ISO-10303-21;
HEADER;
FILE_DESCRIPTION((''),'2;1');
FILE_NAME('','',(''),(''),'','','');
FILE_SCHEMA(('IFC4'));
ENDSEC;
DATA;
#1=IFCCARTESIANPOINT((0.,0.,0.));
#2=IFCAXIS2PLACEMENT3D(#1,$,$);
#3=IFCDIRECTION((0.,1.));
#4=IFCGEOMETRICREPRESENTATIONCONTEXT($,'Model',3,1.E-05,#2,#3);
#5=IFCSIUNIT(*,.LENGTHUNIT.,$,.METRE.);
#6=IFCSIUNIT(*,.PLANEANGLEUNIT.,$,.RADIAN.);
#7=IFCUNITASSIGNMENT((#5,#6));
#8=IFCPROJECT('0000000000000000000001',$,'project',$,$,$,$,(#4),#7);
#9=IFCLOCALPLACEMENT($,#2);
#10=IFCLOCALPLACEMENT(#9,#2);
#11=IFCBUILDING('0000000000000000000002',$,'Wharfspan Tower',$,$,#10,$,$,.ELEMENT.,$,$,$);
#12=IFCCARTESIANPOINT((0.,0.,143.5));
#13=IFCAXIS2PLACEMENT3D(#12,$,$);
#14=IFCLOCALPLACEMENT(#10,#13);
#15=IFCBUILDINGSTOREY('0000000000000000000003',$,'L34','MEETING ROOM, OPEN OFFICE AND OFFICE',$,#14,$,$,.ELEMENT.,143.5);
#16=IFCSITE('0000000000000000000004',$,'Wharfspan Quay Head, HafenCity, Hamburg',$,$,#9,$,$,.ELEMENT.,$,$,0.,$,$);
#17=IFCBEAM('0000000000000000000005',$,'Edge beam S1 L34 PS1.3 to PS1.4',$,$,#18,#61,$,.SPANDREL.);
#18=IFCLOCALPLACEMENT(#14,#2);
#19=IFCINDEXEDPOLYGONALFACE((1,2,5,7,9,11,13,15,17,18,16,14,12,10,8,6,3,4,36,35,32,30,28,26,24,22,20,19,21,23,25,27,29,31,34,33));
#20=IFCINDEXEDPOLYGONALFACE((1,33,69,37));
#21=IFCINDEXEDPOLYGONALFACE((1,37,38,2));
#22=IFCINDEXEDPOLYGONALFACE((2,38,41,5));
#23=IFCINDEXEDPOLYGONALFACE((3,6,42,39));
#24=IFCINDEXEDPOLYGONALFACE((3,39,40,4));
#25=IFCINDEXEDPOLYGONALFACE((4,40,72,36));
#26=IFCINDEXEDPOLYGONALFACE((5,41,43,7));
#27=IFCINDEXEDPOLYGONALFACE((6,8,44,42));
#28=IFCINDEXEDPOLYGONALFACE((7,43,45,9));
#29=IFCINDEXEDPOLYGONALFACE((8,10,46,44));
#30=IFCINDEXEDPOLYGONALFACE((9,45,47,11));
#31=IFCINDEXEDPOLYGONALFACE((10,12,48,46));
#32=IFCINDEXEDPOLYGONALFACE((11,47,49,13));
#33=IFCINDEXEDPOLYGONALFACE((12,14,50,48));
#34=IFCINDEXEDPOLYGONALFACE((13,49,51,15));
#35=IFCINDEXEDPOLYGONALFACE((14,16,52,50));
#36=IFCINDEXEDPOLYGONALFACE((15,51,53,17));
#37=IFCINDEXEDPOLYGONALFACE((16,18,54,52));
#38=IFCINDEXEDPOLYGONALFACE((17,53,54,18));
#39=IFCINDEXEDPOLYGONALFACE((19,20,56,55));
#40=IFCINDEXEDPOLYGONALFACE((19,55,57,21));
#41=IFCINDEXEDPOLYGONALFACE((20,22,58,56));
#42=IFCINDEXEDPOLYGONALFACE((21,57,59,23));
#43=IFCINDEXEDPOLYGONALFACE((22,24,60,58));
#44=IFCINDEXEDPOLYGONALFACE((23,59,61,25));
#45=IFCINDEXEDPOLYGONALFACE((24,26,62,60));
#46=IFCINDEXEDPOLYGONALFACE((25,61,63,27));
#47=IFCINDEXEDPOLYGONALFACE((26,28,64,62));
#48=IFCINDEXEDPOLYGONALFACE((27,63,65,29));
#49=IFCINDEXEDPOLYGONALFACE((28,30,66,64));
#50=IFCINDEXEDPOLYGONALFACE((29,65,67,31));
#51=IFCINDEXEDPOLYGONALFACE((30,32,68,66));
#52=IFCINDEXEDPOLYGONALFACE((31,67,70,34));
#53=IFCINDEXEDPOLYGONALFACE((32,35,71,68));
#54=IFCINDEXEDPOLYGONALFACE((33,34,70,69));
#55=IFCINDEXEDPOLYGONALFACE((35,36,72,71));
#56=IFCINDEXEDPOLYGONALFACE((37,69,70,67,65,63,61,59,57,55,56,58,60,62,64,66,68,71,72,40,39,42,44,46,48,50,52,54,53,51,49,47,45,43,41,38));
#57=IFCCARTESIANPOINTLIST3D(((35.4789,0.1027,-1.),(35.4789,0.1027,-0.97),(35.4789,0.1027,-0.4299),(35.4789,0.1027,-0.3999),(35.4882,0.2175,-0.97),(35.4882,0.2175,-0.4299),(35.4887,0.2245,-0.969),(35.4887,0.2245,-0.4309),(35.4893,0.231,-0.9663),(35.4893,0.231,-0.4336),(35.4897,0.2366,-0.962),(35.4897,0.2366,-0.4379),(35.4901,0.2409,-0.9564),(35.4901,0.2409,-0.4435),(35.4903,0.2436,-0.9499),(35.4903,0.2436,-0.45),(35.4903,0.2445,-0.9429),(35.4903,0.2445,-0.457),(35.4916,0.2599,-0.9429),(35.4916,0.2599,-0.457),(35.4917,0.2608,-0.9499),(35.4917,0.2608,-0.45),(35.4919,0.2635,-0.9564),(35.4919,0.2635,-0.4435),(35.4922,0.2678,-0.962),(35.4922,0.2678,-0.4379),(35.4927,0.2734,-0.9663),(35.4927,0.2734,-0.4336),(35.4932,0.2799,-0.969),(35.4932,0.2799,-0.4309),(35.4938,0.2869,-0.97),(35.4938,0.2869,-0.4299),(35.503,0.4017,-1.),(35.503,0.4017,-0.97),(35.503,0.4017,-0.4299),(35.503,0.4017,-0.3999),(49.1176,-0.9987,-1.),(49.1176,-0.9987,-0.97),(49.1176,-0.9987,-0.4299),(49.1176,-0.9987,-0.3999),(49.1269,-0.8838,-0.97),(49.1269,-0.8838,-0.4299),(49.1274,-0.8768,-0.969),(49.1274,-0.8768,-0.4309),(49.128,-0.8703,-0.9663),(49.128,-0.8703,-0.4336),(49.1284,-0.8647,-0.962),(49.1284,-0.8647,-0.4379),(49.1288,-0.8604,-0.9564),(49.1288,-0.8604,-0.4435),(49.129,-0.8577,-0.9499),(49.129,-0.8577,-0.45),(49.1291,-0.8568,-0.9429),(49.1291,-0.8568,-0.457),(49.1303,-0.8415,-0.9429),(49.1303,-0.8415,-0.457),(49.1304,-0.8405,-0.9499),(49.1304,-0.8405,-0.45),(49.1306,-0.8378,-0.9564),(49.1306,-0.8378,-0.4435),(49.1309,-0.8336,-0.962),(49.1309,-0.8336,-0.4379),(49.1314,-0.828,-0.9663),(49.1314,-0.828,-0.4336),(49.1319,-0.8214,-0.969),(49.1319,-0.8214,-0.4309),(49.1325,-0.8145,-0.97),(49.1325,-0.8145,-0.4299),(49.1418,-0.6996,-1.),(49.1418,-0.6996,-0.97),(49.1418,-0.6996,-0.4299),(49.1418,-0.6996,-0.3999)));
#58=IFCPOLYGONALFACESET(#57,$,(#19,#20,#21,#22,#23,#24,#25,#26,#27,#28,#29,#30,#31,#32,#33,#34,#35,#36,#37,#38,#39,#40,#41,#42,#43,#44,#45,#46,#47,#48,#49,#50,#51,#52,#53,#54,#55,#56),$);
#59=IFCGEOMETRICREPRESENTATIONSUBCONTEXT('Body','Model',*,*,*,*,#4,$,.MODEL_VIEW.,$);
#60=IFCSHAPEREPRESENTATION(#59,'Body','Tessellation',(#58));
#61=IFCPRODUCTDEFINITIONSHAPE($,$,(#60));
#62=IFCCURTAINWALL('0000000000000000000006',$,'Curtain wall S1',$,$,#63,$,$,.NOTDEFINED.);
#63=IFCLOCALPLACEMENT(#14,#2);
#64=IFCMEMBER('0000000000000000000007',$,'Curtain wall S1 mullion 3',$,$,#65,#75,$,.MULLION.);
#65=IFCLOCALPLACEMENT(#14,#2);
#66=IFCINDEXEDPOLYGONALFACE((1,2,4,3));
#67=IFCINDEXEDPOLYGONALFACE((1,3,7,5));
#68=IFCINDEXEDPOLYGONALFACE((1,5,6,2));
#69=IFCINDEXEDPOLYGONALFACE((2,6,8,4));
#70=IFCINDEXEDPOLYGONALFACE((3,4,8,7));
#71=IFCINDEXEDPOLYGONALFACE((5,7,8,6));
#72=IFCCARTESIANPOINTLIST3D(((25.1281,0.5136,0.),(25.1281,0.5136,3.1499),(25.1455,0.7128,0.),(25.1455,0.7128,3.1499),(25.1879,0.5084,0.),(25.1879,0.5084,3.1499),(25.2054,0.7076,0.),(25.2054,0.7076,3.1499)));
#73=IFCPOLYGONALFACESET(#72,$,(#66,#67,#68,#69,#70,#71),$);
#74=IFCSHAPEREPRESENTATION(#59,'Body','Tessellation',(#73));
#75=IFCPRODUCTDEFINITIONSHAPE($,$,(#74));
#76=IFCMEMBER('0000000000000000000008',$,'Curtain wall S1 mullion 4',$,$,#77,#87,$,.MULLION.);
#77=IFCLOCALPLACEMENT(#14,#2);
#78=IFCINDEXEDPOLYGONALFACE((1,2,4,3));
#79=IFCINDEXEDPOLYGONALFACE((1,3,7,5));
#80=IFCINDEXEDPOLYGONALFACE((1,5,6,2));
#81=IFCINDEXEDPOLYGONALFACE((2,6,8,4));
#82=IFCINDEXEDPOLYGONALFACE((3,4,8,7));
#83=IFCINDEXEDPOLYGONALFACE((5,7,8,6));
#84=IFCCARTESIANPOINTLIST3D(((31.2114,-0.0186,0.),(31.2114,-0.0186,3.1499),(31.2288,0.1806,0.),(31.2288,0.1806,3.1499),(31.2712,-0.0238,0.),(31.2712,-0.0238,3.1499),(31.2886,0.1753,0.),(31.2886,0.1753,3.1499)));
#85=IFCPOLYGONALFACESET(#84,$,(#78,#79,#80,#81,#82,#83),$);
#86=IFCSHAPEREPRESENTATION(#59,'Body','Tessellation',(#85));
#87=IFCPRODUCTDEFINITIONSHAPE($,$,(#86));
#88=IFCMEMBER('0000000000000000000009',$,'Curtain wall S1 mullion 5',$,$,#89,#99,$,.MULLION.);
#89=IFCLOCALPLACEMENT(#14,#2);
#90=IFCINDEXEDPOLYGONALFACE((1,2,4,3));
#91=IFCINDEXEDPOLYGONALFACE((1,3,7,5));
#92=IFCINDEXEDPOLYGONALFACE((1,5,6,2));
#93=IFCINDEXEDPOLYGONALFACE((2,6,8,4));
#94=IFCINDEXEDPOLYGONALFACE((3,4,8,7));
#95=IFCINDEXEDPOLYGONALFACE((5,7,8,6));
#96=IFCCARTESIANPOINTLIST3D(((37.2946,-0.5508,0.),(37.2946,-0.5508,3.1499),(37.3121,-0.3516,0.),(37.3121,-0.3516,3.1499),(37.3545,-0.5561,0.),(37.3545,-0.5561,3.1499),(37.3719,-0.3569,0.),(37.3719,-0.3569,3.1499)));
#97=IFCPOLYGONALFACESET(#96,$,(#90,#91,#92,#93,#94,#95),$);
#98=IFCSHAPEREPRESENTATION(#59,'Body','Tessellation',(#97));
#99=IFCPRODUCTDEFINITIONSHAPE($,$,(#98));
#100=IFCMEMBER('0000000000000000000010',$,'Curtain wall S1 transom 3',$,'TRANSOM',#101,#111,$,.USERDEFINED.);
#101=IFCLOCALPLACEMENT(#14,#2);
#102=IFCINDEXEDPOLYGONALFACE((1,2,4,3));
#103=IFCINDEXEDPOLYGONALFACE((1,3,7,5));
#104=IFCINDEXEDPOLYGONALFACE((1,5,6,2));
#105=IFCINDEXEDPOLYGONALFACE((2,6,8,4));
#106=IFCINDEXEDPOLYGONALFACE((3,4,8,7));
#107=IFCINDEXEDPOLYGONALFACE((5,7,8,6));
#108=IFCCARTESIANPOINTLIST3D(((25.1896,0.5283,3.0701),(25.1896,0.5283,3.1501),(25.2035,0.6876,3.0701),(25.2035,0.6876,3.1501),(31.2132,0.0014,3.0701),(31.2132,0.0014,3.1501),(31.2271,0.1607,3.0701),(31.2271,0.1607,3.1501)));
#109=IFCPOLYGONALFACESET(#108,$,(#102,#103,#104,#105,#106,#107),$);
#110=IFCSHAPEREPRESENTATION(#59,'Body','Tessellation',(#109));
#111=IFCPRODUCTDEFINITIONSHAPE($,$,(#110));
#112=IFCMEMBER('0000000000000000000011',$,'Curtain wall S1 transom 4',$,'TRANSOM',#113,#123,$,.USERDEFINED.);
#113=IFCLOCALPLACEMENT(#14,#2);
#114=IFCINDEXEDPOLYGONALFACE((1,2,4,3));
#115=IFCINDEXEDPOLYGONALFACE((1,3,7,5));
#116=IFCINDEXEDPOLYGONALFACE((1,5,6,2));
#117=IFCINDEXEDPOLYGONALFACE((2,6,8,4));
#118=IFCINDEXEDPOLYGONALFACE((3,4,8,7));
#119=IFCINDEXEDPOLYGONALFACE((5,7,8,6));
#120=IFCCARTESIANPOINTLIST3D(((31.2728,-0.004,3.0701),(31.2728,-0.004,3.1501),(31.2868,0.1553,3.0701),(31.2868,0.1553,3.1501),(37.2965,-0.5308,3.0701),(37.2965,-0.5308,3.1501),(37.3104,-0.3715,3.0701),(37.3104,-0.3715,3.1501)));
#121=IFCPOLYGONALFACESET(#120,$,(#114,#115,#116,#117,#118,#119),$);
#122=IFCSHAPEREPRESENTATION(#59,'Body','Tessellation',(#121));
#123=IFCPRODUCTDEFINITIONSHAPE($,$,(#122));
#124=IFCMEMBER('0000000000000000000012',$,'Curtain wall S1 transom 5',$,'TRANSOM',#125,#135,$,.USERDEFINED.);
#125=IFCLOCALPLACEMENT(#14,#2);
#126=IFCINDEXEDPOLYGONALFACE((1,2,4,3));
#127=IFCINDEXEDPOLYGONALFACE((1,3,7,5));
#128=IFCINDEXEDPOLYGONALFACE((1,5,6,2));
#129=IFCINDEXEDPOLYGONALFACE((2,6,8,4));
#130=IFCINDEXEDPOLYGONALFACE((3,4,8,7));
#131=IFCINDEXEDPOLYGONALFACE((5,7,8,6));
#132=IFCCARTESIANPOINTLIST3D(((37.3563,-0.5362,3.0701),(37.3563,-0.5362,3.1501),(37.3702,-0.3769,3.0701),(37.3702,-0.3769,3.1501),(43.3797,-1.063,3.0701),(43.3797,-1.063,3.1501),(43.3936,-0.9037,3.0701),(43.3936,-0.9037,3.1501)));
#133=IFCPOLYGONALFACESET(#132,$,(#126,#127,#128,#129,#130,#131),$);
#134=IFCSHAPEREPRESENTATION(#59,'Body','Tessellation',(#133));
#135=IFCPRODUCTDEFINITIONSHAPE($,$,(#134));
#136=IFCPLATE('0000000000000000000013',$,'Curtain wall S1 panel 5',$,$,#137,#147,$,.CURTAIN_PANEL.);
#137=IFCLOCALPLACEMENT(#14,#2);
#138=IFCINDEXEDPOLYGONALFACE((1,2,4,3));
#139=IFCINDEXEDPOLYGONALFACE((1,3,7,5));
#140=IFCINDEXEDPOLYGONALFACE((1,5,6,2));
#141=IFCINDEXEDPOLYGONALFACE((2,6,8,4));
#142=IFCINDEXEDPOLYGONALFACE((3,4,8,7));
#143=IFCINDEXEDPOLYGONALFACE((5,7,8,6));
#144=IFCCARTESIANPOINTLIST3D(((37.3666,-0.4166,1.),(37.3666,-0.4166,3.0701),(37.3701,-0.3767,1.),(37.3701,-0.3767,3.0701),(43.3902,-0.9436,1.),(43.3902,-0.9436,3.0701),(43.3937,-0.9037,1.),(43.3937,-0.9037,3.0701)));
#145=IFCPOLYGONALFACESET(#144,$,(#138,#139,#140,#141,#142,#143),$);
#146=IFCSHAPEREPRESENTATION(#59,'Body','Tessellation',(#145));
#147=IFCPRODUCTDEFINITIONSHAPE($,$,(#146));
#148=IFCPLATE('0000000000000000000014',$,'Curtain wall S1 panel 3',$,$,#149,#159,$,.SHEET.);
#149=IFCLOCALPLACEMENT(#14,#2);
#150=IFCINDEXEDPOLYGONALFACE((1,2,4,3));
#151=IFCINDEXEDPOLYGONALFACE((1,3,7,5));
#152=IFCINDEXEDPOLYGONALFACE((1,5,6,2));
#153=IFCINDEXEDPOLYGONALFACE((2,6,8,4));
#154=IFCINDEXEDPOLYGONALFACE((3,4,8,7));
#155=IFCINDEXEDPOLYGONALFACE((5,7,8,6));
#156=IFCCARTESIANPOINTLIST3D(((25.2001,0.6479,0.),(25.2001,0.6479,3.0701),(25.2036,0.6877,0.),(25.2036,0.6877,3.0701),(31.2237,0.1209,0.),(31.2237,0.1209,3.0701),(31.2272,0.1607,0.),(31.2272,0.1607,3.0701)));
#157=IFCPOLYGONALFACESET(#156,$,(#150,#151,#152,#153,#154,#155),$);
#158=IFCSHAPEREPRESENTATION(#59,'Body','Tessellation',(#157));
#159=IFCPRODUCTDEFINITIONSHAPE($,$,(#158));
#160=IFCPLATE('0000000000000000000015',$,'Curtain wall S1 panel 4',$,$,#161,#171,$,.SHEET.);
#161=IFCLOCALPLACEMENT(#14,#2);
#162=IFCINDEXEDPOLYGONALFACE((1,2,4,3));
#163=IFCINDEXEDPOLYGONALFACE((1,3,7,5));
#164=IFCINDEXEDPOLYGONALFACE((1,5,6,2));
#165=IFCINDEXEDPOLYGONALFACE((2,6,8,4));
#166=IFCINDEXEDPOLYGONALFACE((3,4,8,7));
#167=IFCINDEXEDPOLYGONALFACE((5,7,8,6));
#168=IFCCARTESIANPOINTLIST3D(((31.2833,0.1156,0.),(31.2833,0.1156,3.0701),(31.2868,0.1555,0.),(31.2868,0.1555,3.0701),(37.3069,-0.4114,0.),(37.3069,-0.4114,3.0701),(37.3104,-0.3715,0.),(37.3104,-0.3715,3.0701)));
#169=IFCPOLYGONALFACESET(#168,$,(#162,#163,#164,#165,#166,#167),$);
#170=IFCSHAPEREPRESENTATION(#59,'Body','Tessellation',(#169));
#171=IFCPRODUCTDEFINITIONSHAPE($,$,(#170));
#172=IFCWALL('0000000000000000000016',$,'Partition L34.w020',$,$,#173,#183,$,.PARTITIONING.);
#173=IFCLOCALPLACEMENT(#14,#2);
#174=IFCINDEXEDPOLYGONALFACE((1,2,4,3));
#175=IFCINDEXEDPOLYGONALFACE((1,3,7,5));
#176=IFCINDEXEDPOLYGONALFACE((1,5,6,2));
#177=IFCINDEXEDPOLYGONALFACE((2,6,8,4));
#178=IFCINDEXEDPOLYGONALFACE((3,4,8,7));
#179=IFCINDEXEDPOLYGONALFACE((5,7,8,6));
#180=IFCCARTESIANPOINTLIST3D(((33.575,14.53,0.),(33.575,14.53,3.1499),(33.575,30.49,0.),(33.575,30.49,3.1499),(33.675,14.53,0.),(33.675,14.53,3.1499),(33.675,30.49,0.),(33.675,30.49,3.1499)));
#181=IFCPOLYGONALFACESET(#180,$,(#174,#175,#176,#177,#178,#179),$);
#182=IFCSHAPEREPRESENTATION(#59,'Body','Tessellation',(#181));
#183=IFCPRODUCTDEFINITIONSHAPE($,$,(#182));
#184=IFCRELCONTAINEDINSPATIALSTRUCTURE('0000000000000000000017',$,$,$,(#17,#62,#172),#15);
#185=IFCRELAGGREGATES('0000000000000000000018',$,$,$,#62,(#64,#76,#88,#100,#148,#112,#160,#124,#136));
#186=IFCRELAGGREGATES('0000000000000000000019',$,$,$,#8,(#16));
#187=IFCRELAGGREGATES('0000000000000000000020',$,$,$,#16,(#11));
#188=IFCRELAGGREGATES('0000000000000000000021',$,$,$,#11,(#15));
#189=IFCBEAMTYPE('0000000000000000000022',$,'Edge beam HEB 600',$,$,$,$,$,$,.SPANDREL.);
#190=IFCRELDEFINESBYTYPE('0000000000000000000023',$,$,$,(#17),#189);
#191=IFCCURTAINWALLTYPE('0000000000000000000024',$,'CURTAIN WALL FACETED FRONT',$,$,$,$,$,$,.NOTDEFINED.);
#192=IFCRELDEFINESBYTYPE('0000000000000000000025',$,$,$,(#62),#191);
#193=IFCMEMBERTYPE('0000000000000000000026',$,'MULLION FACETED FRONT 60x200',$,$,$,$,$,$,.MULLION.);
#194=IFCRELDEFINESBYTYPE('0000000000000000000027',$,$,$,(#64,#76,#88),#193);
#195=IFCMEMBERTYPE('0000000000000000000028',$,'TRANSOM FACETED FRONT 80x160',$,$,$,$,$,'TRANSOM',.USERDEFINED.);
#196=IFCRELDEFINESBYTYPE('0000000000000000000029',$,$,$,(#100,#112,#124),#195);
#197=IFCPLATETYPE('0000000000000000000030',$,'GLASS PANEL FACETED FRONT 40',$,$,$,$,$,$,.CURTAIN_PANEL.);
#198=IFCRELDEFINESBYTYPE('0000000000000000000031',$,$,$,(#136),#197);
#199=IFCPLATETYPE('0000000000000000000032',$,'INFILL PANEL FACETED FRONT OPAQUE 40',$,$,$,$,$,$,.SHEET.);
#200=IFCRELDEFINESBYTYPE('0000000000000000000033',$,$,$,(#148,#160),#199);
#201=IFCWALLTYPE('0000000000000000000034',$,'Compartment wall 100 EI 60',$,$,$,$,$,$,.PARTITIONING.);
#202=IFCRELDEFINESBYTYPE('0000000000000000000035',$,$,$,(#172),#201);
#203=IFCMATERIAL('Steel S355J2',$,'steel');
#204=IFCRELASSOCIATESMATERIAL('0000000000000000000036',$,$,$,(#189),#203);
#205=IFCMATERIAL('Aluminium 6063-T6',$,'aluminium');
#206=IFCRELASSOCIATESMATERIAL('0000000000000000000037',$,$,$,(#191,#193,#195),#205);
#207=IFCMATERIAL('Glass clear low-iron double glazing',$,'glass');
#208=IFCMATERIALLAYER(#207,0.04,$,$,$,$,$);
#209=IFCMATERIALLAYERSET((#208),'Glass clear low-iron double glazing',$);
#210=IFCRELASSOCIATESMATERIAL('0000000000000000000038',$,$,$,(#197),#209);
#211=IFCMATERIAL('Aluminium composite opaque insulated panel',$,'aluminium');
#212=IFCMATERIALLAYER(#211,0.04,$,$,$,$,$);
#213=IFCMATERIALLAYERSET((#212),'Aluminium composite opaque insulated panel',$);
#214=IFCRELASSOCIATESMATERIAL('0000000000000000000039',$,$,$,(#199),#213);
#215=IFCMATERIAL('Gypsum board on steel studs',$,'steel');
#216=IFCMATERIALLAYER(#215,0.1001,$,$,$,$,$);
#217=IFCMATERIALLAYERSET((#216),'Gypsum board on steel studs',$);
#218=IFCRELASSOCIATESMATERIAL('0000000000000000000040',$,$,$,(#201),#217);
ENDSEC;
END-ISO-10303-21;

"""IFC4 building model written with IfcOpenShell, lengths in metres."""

from ifc_helpers import new_model, si_unit, direction, frame, frame_2d, origin, origin_2d, place, context, subcontext, project, spatial, rectangle, i_section, extrude, material, layer, layer_set, material_profile, profile_set, type_object, element, aggregate, save


model = new_model("IFC4")

# Units and contexts
model_context = context("Model", 3, precision=1e-05, world=origin(), true_north=direction((0.0, 1.0)))
body_context = subcontext(model_context, "Body", "Model", "MODEL_VIEW")
ifc_project = project(units=[si_unit("LENGTHUNIT", "METRE"), si_unit("PLANEANGLEUNIT", "RADIAN")], contexts=[model_context])

# Site, building, storey
site_placement = place(None, origin())
site = spatial("IfcSite", under=ifc_project, at=site_placement, Name="Wharfspan Quay Head, HafenCity, Hamburg", CompositionType="ELEMENT", RefElevation=0.0)
building_placement = place(site_placement, origin())
building = spatial("IfcBuilding", under=site, at=building_placement, Name="Wharfspan Tower", CompositionType="ELEMENT")
storey_placement = place(building_placement, frame((0.0, 0.0, 143.5)))
storey = spatial("IfcBuildingStorey", under=building, at=storey_placement, Name="L34", Description="MEETING ROOM, OPEN OFFICE AND OFFICE", CompositionType="ELEMENT", Elevation=143.5)

# Shared definitions
ifc_material_1 = material(Name="Steel S355J2", Category="steel")

# Beam
ifc_material_profile_1 = material_profile(ifc_material_1, i_section(OverallWidth=0.3, OverallDepth=0.6001, WebThickness=0.0154, FlangeThickness=0.03, FilletRadius=0.0271, at=origin_2d()))
ifc_profile_set_1 = profile_set([ifc_material_profile_1], Name="Steel S355J2")
beam_type = type_object("IfcBeamType", Name="Edge beam HEB 600", PredefinedType="SPANDREL", material=ifc_profile_set_1)
beam_1_placement = place(storey_placement, frame((35.491, 0.2522, -0.7), z_axis=(0.996756, -0.080488, 0.0), x_axis=(0.080488, 0.996756, 0.0)))
element("IfcBeam", 1, at=beam_1_placement, inside=storey, type_object=beam_type, Name="Edge beam S1 L34 PS1.3 to PS1.4", PredefinedType="SPANDREL", context=body_context, shape_type="SweptSolid", body=[
    extrude(i_section(OverallWidth=0.3, OverallDepth=0.6001, WebThickness=0.0154, FlangeThickness=0.03, FilletRadius=0.0271, at=origin_2d()), origin(), (0.0, 0.0, 1.0), 13.6831),
])

# Curtain wall, members, plates
ifc_material_2 = material(Name="Aluminium 6063-T6", Category="aluminium")
curtain_wall_type = type_object("IfcCurtainWallType", Name="CURTAIN WALL FACETED FRONT", PredefinedType="NOTDEFINED", material=ifc_material_2)
curtain_wall_placement = place(storey_placement, origin())
curtain_wall = element("IfcCurtainWall", 2, at=curtain_wall_placement, inside=storey, type_object=curtain_wall_type, Name="Curtain wall S1", PredefinedType="NOTDEFINED")
ifc_material_profile_2 = material_profile(ifc_material_2, rectangle(XDim=0.2, YDim=0.0601, at=origin_2d()))
ifc_profile_set_2 = profile_set([ifc_material_profile_2], Name="Aluminium 6063-T6")
member_type_1 = type_object("IfcMemberType", Name="MULLION FACETED FRONT 60x200", PredefinedType="MULLION", material=ifc_profile_set_2)
member_1_placement = place(storey_placement, frame((25.1667, 0.6106, 0.0), z_axis=(0.0, 0.0, 1.0), x_axis=(0.087156, 0.996198, 0.0)))
member_1 = element("IfcMember", 3, at=member_1_placement, type_object=member_type_1, Name="Curtain wall S1 mullion 3", PredefinedType="MULLION", context=body_context, shape_type="SweptSolid", body=[
    extrude(rectangle(XDim=0.2, YDim=0.0601, at=origin_2d()), origin(), (0.0, 0.0, 1.0), 3.1499),
])
member_2_placement = place(storey_placement, frame((31.25, 0.0784, 0.0), z_axis=(0.0, 0.0, 1.0), x_axis=(0.087156, 0.996198, 0.0)))
member_2 = element("IfcMember", 4, at=member_2_placement, type_object=member_type_1, Name="Curtain wall S1 mullion 4", PredefinedType="MULLION", context=body_context, shape_type="SweptSolid", body=[
    extrude(rectangle(XDim=0.2, YDim=0.0601, at=origin_2d()), origin(), (0.0, 0.0, 1.0), 3.1499),
])
member_3_placement = place(storey_placement, frame((37.3333, -0.4539, 0.0), z_axis=(0.0, 0.0, 1.0), x_axis=(0.087156, 0.996198, 0.0)))
member_3 = element("IfcMember", 5, at=member_3_placement, type_object=member_type_1, Name="Curtain wall S1 mullion 5", PredefinedType="MULLION", context=body_context, shape_type="SweptSolid", body=[
    extrude(rectangle(XDim=0.2, YDim=0.0601, at=origin_2d()), origin(), (0.0, 0.0, 1.0), 3.1499),
])
ifc_material_profile_3 = material_profile(ifc_material_2, rectangle(XDim=0.1599, YDim=0.0801, at=origin_2d()))
ifc_profile_set_3 = profile_set([ifc_material_profile_3], Name="Aluminium 6063-T6")
member_type_2 = type_object("IfcMemberType", Name="TRANSOM FACETED FRONT 80x160", ElementType="TRANSOM", PredefinedType="USERDEFINED", material=ifc_profile_set_3)
member_4_placement = place(storey_placement, frame((25.1965, 0.6079, 3.1101), z_axis=(0.996197, -0.087131, 0.0), x_axis=(0.087131, 0.996197, 0.0)))
member_4 = element("IfcMember", 6, at=member_4_placement, type_object=member_type_2, Name="Curtain wall S1 transom 3", ObjectType="TRANSOM", PredefinedType="USERDEFINED", context=body_context, shape_type="SweptSolid", body=[
    extrude(rectangle(XDim=0.1599, YDim=0.0801, at=origin_2d()), origin(), (0.0, 0.0, 1.0), 6.0466),
])
member_5_placement = place(storey_placement, frame((31.2798, 0.0757, 3.1101), z_axis=(0.996197, -0.087131, 0.0), x_axis=(0.087131, 0.996197, 0.0)))
member_5 = element("IfcMember", 7, at=member_5_placement, type_object=member_type_2, Name="Curtain wall S1 transom 4", ObjectType="TRANSOM", PredefinedType="USERDEFINED", context=body_context, shape_type="SweptSolid", body=[
    extrude(rectangle(XDim=0.1599, YDim=0.0801, at=origin_2d()), origin(), (0.0, 0.0, 1.0), 6.0466),
])
member_6_placement = place(storey_placement, frame((37.3633, -0.4565, 3.1101), z_axis=(0.996197, -0.087135, 0.0), x_axis=(0.087135, 0.996197, 0.0)))
member_6 = element("IfcMember", 8, at=member_6_placement, type_object=member_type_2, Name="Curtain wall S1 transom 5", ObjectType="TRANSOM", PredefinedType="USERDEFINED", context=body_context, shape_type="SweptSolid", body=[
    extrude(rectangle(XDim=0.1599, YDim=0.0801, at=origin_2d()), origin(), (0.0, 0.0, 1.0), 6.0464),
])
ifc_material_3 = material(Name="Glass clear low-iron double glazing", Category="glass")
ifc_layer_1 = layer(ifc_material_3, 0.04)
ifc_layer_set_1 = layer_set([ifc_layer_1], Name="Glass clear low-iron double glazing")
plate_type_1 = type_object("IfcPlateType", Name="GLASS PANEL FACETED FRONT 40", PredefinedType="CURTAIN_PANEL", material=ifc_layer_set_1)
plate_1_placement = place(storey_placement, frame((40.3801, -0.6602, 1.0), z_axis=(0.0, 0.0, 1.0), x_axis=(0.996198, -0.087156, 0.0)))
plate_1 = element("IfcPlate", 9, at=plate_1_placement, type_object=plate_type_1, Name="Curtain wall S1 panel 5", PredefinedType="CURTAIN_PANEL", context=body_context, shape_type="SweptSolid", body=[
    extrude(rectangle(XDim=6.0466, YDim=0.04, at=origin_2d()), origin(), (0.0, 0.0, 1.0), 2.0701),
])
ifc_material_4 = material(Name="Aluminium composite opaque insulated panel", Category="aluminium")
ifc_layer_2 = layer(ifc_material_4, 0.04)
ifc_layer_set_2 = layer_set([ifc_layer_2], Name="Aluminium composite opaque insulated panel")
plate_type_2 = type_object("IfcPlateType", Name="INFILL PANEL FACETED FRONT OPAQUE 40", PredefinedType="SHEET", material=ifc_layer_set_2)
plate_2_placement = place(storey_placement, frame((28.2136, 0.4043, 0.0), z_axis=(0.0, 0.0, 1.0), x_axis=(0.996198, -0.087156, 0.0)))
plate_2 = element("IfcPlate", 10, at=plate_2_placement, type_object=plate_type_2, Name="Curtain wall S1 panel 3", PredefinedType="SHEET", context=body_context, shape_type="SweptSolid", body=[
    extrude(rectangle(XDim=6.0466, YDim=0.04, at=origin_2d()), origin(), (0.0, 0.0, 1.0), 3.0701),
])
plate_3_placement = place(storey_placement, frame((34.2969, -0.1279, 0.0), z_axis=(0.0, 0.0, 1.0), x_axis=(0.996198, -0.087156, 0.0)))
plate_3 = element("IfcPlate", 11, at=plate_3_placement, type_object=plate_type_2, Name="Curtain wall S1 panel 4", PredefinedType="SHEET", context=body_context, shape_type="SweptSolid", body=[
    extrude(rectangle(XDim=6.0466, YDim=0.04, at=origin_2d()), origin(), (0.0, 0.0, 1.0), 3.0701),
])
aggregate(curtain_wall, [member_1, member_2, member_3, member_4, plate_2, member_5, plate_3, member_6, plate_1])

# Wall
ifc_material_5 = material(Name="Gypsum board on steel studs", Category="steel")
ifc_layer_3 = layer(ifc_material_5, 0.1001)
ifc_layer_set_3 = layer_set([ifc_layer_3], Name="Gypsum board on steel studs")
wall_type_1 = type_object("IfcWallType", Name="Compartment wall 100 EI 60", PredefinedType="PARTITIONING", material=ifc_layer_set_3)
wall_1_placement = place(storey_placement, frame((33.625, 14.53, 0.0), z_axis=(0.0, 0.0, 1.0), x_axis=(0.0, 1.0, 0.0)))
element("IfcWall", 12, at=wall_1_placement, inside=storey, type_object=wall_type_1, Name="Partition L34.w020", PredefinedType="PARTITIONING", context=body_context, shape_type="SweptSolid", body=[
    extrude(rectangle(XDim=15.96, YDim=0.1001, at=frame_2d((7.98, 0.0))), origin(), (0.0, 0.0, 1.0), 3.1499),
])

save(model, "model.ifc")
